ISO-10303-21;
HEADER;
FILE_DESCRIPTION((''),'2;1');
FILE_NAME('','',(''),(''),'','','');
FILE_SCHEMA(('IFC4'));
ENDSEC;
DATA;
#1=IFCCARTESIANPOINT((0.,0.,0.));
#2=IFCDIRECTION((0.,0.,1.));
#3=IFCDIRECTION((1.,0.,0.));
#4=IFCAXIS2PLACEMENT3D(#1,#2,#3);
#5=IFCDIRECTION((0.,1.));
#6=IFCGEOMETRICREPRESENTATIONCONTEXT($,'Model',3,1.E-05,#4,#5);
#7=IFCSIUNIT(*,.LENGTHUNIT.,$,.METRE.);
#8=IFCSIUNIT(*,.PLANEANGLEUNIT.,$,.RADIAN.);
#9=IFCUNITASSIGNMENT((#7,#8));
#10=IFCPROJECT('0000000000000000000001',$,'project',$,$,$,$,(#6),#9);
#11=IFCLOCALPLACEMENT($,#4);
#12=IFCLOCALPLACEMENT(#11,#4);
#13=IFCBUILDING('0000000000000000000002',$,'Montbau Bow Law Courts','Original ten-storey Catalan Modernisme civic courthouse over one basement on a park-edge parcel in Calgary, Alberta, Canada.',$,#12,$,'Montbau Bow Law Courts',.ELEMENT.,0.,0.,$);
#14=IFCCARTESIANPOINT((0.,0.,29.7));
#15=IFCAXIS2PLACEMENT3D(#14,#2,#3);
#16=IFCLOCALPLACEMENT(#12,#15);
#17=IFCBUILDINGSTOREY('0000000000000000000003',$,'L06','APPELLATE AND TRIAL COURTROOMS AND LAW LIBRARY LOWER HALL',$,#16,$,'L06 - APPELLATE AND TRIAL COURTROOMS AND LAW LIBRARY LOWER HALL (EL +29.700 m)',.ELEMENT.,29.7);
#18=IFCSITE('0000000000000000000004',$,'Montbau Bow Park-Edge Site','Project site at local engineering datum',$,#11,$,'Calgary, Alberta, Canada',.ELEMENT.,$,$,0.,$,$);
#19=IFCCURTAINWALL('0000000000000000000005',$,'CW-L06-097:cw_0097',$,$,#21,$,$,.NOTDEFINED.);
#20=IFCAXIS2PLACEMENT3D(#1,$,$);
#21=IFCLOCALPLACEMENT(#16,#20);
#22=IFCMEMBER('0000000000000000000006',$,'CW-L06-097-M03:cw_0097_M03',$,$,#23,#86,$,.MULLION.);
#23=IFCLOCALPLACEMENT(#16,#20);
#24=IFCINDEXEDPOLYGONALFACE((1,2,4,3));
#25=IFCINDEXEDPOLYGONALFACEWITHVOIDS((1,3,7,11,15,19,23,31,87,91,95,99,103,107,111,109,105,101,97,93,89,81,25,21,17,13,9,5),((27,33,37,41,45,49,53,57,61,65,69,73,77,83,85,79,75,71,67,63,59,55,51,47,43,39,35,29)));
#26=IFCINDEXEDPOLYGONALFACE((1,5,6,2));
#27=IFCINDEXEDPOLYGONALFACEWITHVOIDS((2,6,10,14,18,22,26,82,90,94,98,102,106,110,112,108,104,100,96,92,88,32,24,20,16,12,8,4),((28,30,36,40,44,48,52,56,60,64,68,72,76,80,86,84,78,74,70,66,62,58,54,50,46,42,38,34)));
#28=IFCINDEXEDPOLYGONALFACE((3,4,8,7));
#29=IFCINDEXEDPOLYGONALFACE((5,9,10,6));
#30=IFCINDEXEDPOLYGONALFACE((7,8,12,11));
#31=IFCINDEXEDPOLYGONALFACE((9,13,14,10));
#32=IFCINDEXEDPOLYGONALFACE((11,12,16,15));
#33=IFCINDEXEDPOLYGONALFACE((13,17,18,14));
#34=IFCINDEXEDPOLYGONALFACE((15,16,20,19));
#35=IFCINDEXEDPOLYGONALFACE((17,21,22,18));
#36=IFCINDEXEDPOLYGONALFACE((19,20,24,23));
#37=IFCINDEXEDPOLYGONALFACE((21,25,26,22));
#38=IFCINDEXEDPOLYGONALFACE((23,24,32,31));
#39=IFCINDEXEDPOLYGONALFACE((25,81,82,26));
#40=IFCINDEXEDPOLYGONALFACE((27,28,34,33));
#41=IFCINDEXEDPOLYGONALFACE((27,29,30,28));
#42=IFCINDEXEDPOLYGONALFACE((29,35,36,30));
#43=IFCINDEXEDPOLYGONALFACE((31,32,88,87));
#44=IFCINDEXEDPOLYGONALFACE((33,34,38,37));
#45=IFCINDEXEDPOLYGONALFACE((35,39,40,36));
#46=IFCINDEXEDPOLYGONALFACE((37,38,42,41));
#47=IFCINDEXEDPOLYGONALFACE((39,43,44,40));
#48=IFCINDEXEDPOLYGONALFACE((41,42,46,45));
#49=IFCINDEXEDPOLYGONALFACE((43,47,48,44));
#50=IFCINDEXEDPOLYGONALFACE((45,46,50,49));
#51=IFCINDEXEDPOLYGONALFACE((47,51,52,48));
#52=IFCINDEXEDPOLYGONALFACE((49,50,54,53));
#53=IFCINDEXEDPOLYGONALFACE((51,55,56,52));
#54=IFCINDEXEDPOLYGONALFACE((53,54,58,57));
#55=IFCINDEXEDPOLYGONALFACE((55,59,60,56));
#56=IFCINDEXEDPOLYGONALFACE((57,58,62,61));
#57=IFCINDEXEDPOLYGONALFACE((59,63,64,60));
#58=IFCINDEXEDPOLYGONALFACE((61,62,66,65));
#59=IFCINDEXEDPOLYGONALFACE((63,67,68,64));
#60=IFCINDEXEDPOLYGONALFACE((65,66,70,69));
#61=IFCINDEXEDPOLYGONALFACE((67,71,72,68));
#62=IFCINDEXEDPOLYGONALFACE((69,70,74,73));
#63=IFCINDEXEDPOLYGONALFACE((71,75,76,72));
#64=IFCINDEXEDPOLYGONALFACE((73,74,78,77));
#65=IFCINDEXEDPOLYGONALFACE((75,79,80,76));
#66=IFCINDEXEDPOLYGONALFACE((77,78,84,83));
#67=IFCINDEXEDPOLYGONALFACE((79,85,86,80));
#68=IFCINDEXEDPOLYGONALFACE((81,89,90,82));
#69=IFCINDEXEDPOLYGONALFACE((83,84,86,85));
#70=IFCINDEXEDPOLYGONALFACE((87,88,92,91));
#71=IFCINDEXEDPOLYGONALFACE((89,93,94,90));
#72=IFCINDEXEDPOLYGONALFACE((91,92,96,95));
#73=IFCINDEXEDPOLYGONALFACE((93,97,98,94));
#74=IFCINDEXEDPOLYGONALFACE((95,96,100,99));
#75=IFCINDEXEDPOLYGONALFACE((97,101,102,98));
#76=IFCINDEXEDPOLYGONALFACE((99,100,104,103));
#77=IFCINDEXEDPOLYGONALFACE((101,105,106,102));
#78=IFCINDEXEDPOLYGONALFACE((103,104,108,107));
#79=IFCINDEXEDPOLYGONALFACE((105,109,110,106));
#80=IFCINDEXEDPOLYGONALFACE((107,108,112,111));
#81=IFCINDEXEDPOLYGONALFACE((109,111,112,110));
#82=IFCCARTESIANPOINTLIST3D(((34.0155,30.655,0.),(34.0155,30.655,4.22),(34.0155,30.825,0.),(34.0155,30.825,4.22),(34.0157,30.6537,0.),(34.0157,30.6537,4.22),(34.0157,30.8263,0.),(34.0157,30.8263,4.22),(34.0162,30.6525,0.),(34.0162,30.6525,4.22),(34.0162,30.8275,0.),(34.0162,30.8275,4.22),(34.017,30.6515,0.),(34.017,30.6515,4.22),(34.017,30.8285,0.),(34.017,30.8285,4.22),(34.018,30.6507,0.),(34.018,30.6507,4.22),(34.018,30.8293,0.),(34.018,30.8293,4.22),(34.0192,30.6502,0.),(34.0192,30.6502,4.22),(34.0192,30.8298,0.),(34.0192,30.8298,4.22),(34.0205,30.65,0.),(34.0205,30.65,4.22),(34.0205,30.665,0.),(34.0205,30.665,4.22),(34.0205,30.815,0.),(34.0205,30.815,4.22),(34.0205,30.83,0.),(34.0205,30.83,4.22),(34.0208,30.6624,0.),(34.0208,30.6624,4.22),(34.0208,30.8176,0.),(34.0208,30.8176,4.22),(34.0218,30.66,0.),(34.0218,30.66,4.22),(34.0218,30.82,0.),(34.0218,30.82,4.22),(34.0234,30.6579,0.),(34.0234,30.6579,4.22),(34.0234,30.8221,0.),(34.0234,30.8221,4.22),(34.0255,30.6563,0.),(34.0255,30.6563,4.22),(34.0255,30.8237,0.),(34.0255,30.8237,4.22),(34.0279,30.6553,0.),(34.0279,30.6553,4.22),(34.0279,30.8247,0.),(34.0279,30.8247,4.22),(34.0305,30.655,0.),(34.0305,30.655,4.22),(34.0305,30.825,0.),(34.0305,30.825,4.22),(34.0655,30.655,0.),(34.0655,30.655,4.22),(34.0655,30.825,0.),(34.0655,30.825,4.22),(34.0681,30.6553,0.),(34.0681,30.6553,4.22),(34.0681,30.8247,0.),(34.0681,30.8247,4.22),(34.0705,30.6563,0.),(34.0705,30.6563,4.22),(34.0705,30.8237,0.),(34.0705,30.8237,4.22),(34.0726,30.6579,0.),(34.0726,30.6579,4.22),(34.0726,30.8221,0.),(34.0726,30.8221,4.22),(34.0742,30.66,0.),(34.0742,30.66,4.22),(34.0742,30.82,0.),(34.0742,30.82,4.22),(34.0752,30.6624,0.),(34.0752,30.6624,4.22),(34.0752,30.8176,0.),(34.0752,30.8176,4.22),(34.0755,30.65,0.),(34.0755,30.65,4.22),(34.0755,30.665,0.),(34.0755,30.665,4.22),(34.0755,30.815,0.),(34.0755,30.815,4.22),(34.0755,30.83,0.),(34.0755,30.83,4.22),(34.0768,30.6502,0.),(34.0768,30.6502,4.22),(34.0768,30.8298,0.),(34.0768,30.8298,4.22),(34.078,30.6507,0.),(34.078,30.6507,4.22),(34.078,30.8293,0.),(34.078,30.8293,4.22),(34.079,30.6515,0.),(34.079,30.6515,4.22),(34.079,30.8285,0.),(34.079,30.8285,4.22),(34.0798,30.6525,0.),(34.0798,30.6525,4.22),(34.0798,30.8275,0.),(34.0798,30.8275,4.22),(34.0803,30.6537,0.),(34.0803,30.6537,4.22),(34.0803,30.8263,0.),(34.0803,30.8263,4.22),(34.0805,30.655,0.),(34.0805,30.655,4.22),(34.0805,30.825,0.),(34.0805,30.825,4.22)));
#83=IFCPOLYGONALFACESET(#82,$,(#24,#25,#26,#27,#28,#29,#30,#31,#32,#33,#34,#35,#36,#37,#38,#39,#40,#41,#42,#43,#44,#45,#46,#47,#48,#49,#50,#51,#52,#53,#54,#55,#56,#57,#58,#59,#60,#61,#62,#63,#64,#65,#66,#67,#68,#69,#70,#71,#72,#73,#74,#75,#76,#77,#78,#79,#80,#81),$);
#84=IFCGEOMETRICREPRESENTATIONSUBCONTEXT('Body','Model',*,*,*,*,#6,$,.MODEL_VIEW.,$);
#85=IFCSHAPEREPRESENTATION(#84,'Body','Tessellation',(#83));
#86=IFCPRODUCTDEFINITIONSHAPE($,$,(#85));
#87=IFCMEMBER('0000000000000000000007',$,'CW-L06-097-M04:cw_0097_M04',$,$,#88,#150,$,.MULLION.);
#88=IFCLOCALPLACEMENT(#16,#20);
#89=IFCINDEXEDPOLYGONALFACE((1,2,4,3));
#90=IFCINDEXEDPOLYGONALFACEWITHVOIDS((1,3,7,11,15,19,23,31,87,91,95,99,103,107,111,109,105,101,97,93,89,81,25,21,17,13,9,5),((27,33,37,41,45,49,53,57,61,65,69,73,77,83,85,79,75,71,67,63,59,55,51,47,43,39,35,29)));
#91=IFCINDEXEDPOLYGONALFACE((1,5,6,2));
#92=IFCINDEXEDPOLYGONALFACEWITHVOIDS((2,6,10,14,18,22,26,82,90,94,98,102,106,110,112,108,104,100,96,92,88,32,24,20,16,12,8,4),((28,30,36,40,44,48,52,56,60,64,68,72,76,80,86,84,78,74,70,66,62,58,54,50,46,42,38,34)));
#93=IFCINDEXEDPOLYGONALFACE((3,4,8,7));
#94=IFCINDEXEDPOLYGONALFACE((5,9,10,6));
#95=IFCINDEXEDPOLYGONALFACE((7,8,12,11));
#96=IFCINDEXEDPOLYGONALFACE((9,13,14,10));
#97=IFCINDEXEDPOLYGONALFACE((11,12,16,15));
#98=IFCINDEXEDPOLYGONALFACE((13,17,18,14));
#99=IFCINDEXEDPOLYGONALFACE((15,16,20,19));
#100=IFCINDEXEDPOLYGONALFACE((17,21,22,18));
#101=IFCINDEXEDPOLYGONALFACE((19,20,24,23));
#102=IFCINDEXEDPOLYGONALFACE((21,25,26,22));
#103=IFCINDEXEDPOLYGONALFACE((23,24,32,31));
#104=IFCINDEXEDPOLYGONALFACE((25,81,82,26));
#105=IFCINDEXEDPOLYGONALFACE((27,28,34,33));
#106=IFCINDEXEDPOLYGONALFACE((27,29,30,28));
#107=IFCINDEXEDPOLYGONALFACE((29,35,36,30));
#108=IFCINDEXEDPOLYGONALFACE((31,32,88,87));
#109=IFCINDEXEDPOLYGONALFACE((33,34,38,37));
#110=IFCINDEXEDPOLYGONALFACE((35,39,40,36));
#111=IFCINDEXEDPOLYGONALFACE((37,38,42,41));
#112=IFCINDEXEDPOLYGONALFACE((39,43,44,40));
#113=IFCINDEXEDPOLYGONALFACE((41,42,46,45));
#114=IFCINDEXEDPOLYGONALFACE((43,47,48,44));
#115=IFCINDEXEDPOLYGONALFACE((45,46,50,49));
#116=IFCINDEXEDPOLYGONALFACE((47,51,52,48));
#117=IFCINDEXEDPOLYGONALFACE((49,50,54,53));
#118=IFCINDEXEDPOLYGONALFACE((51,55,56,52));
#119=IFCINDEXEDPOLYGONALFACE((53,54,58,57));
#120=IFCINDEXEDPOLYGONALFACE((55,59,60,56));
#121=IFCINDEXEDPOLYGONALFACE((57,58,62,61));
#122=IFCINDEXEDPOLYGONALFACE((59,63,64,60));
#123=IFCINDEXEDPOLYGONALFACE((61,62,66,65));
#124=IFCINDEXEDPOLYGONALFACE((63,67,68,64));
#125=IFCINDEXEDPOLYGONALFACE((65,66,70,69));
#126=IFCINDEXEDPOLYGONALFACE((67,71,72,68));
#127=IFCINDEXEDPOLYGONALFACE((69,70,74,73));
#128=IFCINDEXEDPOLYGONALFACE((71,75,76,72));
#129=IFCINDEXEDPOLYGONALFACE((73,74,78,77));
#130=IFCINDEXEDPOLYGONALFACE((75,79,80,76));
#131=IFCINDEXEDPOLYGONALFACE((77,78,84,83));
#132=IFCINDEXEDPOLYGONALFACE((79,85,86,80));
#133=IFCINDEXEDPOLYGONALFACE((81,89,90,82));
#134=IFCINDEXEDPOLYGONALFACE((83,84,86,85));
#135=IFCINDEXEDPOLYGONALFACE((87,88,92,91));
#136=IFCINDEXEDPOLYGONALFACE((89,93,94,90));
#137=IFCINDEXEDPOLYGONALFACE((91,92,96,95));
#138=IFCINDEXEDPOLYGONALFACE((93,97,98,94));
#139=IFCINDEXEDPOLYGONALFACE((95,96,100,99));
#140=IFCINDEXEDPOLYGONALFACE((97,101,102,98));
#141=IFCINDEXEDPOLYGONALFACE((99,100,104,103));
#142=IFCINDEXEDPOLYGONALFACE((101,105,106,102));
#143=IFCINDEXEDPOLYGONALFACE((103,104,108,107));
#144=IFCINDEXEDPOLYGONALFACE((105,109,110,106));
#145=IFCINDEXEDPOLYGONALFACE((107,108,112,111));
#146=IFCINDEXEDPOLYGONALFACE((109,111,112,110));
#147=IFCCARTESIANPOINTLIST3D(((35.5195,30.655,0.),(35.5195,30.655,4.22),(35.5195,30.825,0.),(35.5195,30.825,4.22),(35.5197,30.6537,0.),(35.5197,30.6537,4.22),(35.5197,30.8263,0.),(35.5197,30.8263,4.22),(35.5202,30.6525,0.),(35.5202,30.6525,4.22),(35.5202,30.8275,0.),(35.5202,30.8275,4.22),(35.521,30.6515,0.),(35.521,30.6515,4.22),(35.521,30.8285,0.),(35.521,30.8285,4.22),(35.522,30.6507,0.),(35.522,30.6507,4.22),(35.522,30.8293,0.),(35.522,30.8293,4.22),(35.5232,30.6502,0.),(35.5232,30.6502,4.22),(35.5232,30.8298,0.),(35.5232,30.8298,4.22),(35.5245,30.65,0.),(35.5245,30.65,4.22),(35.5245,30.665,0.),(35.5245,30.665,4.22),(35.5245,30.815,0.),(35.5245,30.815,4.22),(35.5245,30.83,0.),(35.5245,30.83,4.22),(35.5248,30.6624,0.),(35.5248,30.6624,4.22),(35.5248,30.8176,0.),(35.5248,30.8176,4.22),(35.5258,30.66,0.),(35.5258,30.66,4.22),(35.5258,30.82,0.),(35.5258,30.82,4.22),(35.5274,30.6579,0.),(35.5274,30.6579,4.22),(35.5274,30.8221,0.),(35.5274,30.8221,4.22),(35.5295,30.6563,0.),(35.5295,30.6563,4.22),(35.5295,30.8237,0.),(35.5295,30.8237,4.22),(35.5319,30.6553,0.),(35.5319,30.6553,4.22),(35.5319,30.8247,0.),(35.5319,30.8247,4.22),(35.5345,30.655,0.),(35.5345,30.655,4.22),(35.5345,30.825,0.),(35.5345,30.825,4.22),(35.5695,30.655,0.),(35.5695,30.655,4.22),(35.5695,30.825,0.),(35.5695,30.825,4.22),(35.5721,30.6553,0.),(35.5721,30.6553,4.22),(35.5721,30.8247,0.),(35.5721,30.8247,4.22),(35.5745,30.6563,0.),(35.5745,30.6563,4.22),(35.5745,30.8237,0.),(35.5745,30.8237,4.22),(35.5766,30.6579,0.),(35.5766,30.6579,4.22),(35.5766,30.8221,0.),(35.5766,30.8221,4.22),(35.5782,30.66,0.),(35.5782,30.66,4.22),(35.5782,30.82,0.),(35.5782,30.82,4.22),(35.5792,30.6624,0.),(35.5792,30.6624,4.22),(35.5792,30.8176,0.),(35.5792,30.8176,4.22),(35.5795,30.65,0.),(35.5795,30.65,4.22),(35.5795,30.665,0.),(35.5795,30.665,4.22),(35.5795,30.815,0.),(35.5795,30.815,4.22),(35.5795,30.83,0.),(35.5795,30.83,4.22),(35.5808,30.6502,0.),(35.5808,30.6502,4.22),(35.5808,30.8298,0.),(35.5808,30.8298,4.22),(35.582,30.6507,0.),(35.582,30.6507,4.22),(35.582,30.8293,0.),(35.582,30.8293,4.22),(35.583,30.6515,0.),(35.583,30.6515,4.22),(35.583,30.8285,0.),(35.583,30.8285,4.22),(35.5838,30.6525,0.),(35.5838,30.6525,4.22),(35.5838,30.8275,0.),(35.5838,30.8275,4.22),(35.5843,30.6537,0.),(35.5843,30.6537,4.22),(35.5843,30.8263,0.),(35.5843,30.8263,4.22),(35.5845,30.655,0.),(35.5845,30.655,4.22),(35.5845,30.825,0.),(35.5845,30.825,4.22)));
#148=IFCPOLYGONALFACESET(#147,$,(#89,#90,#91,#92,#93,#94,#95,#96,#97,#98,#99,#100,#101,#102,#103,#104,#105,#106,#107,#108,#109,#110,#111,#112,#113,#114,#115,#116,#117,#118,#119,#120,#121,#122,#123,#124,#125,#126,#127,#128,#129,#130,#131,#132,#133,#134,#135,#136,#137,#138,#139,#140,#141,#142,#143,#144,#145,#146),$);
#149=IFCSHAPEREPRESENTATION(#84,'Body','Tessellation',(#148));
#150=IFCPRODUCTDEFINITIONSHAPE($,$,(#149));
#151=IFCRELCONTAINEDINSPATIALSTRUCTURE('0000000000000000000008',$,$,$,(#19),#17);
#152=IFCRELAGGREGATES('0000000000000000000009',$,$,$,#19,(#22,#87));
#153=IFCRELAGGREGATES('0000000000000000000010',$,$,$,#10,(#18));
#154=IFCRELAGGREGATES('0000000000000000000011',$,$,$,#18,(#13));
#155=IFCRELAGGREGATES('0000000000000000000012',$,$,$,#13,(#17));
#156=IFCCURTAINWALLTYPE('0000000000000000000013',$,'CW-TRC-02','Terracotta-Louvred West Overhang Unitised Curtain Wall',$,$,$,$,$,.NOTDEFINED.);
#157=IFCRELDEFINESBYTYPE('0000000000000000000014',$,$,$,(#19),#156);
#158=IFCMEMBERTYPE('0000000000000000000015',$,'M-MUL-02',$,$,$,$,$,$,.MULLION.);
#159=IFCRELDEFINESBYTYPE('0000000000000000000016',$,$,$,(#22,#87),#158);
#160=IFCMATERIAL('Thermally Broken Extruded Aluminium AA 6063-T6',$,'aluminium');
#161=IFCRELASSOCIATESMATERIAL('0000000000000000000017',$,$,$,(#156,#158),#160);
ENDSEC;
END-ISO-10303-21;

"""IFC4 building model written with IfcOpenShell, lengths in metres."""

from ifc_helpers import new_model, si_unit, direction, frame, origin_with_axes, origin_2d_with_axis, place, context, subcontext, project, spatial, hollow_rectangle, extrude, material, material_profile, profile_set, type_object, element, aggregate, save


model = new_model("IFC4")

# Units and contexts
model_context = context("Model", 3, precision=1e-05, world=origin_with_axes(), true_north=direction((0.0, 1.0)))
body_context = subcontext(model_context, "Body", "Model", "MODEL_VIEW")
ifc_project = project(units=[si_unit("LENGTHUNIT", "METRE"), si_unit("PLANEANGLEUNIT", "RADIAN")], contexts=[model_context])

# Site, building, storey
site_placement = place(None, origin_with_axes())
site = spatial("IfcSite", under=ifc_project, at=site_placement, Name="Montbau Bow Park-Edge Site", Description="Project site at local engineering datum", LongName="Calgary, Alberta, Canada", CompositionType="ELEMENT", RefElevation=0.0)
building_placement = place(site_placement, origin_with_axes())
building = spatial("IfcBuilding", under=site, at=building_placement, Name="Montbau Bow Law Courts", Description="Original ten-storey Catalan Modernisme civic courthouse over one basement on a park-edge parcel in Calgary, Alberta, Canada.", LongName="Montbau Bow Law Courts", CompositionType="ELEMENT", ElevationOfRefHeight=0.0, ElevationOfTerrain=0.0)
storey_placement = place(building_placement, frame((0.0, 0.0, 29.7), z_axis=(0.0, 0.0, 1.0), x_axis=(1.0, 0.0, 0.0)))
storey = spatial("IfcBuildingStorey", under=building, at=storey_placement, Name="L06", Description="APPELLATE AND TRIAL COURTROOMS AND LAW LIBRARY LOWER HALL", LongName="L06 - APPELLATE AND TRIAL COURTROOMS AND LAW LIBRARY LOWER HALL (EL +29.700 m)", CompositionType="ELEMENT", Elevation=29.7)

# Curtain wall, members
ifc_material_1 = material(Name="Thermally Broken Extruded Aluminium AA 6063-T6", Category="aluminium")
curtain_wall_type = type_object("IfcCurtainWallType", Name="CW-TRC-02", Description="Terracotta-Louvred West Overhang Unitised Curtain Wall", PredefinedType="NOTDEFINED", material=ifc_material_1)
curtain_wall_1_placement = place(None, frame((31.04, 30.74, 29.7), z_axis=(0.0, 0.0, 1.0), x_axis=(1.0, 0.0, 0.0)))
curtain_wall_1 = element("IfcCurtainWall", 1, at=curtain_wall_1_placement, inside=storey, type_object=curtain_wall_type, Name="CW-L06-097:cw_0097", PredefinedType="NOTDEFINED")
ifc_material_profile_1 = material_profile(ifc_material_1, hollow_rectangle(XDim=0.065, YDim=0.18, WallThickness=0.005, InnerFilletRadius=0.01, OuterFilletRadius=0.005, at=origin_2d_with_axis()), Name="CWM-180X65", Category="Main", Priority=0)
ifc_profile_set_1 = profile_set([ifc_material_profile_1], Name="Thermally Broken Extruded Aluminium AA 6063-T6")
member_type_1 = type_object("IfcMemberType", Name="M-MUL-02", PredefinedType="MULLION", material=ifc_profile_set_1)
member_1_placement = place(None, frame((34.048, 30.74, 29.7), z_axis=(0.0, 0.0, 1.0), x_axis=(1.0, 0.0, 0.0)))
member_1 = element("IfcMember", 2, at=member_1_placement, type_object=member_type_1, Name="CW-L06-097-M03:cw_0097_M03", PredefinedType="MULLION", context=body_context, shape_type="SweptSolid", body=[
    extrude(hollow_rectangle(XDim=0.065, YDim=0.18, WallThickness=0.005, InnerFilletRadius=0.01, OuterFilletRadius=0.005, at=origin_2d_with_axis()), origin_with_axes(), (0.0, 0.0, 1.0), 4.22),
])
member_2_placement = place(None, frame((35.552, 30.74, 29.7), z_axis=(0.0, 0.0, 1.0), x_axis=(1.0, 0.0, 0.0)))
member_2 = element("IfcMember", 3, at=member_2_placement, type_object=member_type_1, Name="CW-L06-097-M04:cw_0097_M04", PredefinedType="MULLION", context=body_context, shape_type="SweptSolid", body=[
    extrude(hollow_rectangle(XDim=0.065, YDim=0.18, WallThickness=0.005, InnerFilletRadius=0.01, OuterFilletRadius=0.005, at=origin_2d_with_axis()), origin_with_axes(), (0.0, 0.0, 1.0), 4.22),
])

aggregate(curtain_wall_1, [member_1, member_2])

save(model, "model.ifc")
